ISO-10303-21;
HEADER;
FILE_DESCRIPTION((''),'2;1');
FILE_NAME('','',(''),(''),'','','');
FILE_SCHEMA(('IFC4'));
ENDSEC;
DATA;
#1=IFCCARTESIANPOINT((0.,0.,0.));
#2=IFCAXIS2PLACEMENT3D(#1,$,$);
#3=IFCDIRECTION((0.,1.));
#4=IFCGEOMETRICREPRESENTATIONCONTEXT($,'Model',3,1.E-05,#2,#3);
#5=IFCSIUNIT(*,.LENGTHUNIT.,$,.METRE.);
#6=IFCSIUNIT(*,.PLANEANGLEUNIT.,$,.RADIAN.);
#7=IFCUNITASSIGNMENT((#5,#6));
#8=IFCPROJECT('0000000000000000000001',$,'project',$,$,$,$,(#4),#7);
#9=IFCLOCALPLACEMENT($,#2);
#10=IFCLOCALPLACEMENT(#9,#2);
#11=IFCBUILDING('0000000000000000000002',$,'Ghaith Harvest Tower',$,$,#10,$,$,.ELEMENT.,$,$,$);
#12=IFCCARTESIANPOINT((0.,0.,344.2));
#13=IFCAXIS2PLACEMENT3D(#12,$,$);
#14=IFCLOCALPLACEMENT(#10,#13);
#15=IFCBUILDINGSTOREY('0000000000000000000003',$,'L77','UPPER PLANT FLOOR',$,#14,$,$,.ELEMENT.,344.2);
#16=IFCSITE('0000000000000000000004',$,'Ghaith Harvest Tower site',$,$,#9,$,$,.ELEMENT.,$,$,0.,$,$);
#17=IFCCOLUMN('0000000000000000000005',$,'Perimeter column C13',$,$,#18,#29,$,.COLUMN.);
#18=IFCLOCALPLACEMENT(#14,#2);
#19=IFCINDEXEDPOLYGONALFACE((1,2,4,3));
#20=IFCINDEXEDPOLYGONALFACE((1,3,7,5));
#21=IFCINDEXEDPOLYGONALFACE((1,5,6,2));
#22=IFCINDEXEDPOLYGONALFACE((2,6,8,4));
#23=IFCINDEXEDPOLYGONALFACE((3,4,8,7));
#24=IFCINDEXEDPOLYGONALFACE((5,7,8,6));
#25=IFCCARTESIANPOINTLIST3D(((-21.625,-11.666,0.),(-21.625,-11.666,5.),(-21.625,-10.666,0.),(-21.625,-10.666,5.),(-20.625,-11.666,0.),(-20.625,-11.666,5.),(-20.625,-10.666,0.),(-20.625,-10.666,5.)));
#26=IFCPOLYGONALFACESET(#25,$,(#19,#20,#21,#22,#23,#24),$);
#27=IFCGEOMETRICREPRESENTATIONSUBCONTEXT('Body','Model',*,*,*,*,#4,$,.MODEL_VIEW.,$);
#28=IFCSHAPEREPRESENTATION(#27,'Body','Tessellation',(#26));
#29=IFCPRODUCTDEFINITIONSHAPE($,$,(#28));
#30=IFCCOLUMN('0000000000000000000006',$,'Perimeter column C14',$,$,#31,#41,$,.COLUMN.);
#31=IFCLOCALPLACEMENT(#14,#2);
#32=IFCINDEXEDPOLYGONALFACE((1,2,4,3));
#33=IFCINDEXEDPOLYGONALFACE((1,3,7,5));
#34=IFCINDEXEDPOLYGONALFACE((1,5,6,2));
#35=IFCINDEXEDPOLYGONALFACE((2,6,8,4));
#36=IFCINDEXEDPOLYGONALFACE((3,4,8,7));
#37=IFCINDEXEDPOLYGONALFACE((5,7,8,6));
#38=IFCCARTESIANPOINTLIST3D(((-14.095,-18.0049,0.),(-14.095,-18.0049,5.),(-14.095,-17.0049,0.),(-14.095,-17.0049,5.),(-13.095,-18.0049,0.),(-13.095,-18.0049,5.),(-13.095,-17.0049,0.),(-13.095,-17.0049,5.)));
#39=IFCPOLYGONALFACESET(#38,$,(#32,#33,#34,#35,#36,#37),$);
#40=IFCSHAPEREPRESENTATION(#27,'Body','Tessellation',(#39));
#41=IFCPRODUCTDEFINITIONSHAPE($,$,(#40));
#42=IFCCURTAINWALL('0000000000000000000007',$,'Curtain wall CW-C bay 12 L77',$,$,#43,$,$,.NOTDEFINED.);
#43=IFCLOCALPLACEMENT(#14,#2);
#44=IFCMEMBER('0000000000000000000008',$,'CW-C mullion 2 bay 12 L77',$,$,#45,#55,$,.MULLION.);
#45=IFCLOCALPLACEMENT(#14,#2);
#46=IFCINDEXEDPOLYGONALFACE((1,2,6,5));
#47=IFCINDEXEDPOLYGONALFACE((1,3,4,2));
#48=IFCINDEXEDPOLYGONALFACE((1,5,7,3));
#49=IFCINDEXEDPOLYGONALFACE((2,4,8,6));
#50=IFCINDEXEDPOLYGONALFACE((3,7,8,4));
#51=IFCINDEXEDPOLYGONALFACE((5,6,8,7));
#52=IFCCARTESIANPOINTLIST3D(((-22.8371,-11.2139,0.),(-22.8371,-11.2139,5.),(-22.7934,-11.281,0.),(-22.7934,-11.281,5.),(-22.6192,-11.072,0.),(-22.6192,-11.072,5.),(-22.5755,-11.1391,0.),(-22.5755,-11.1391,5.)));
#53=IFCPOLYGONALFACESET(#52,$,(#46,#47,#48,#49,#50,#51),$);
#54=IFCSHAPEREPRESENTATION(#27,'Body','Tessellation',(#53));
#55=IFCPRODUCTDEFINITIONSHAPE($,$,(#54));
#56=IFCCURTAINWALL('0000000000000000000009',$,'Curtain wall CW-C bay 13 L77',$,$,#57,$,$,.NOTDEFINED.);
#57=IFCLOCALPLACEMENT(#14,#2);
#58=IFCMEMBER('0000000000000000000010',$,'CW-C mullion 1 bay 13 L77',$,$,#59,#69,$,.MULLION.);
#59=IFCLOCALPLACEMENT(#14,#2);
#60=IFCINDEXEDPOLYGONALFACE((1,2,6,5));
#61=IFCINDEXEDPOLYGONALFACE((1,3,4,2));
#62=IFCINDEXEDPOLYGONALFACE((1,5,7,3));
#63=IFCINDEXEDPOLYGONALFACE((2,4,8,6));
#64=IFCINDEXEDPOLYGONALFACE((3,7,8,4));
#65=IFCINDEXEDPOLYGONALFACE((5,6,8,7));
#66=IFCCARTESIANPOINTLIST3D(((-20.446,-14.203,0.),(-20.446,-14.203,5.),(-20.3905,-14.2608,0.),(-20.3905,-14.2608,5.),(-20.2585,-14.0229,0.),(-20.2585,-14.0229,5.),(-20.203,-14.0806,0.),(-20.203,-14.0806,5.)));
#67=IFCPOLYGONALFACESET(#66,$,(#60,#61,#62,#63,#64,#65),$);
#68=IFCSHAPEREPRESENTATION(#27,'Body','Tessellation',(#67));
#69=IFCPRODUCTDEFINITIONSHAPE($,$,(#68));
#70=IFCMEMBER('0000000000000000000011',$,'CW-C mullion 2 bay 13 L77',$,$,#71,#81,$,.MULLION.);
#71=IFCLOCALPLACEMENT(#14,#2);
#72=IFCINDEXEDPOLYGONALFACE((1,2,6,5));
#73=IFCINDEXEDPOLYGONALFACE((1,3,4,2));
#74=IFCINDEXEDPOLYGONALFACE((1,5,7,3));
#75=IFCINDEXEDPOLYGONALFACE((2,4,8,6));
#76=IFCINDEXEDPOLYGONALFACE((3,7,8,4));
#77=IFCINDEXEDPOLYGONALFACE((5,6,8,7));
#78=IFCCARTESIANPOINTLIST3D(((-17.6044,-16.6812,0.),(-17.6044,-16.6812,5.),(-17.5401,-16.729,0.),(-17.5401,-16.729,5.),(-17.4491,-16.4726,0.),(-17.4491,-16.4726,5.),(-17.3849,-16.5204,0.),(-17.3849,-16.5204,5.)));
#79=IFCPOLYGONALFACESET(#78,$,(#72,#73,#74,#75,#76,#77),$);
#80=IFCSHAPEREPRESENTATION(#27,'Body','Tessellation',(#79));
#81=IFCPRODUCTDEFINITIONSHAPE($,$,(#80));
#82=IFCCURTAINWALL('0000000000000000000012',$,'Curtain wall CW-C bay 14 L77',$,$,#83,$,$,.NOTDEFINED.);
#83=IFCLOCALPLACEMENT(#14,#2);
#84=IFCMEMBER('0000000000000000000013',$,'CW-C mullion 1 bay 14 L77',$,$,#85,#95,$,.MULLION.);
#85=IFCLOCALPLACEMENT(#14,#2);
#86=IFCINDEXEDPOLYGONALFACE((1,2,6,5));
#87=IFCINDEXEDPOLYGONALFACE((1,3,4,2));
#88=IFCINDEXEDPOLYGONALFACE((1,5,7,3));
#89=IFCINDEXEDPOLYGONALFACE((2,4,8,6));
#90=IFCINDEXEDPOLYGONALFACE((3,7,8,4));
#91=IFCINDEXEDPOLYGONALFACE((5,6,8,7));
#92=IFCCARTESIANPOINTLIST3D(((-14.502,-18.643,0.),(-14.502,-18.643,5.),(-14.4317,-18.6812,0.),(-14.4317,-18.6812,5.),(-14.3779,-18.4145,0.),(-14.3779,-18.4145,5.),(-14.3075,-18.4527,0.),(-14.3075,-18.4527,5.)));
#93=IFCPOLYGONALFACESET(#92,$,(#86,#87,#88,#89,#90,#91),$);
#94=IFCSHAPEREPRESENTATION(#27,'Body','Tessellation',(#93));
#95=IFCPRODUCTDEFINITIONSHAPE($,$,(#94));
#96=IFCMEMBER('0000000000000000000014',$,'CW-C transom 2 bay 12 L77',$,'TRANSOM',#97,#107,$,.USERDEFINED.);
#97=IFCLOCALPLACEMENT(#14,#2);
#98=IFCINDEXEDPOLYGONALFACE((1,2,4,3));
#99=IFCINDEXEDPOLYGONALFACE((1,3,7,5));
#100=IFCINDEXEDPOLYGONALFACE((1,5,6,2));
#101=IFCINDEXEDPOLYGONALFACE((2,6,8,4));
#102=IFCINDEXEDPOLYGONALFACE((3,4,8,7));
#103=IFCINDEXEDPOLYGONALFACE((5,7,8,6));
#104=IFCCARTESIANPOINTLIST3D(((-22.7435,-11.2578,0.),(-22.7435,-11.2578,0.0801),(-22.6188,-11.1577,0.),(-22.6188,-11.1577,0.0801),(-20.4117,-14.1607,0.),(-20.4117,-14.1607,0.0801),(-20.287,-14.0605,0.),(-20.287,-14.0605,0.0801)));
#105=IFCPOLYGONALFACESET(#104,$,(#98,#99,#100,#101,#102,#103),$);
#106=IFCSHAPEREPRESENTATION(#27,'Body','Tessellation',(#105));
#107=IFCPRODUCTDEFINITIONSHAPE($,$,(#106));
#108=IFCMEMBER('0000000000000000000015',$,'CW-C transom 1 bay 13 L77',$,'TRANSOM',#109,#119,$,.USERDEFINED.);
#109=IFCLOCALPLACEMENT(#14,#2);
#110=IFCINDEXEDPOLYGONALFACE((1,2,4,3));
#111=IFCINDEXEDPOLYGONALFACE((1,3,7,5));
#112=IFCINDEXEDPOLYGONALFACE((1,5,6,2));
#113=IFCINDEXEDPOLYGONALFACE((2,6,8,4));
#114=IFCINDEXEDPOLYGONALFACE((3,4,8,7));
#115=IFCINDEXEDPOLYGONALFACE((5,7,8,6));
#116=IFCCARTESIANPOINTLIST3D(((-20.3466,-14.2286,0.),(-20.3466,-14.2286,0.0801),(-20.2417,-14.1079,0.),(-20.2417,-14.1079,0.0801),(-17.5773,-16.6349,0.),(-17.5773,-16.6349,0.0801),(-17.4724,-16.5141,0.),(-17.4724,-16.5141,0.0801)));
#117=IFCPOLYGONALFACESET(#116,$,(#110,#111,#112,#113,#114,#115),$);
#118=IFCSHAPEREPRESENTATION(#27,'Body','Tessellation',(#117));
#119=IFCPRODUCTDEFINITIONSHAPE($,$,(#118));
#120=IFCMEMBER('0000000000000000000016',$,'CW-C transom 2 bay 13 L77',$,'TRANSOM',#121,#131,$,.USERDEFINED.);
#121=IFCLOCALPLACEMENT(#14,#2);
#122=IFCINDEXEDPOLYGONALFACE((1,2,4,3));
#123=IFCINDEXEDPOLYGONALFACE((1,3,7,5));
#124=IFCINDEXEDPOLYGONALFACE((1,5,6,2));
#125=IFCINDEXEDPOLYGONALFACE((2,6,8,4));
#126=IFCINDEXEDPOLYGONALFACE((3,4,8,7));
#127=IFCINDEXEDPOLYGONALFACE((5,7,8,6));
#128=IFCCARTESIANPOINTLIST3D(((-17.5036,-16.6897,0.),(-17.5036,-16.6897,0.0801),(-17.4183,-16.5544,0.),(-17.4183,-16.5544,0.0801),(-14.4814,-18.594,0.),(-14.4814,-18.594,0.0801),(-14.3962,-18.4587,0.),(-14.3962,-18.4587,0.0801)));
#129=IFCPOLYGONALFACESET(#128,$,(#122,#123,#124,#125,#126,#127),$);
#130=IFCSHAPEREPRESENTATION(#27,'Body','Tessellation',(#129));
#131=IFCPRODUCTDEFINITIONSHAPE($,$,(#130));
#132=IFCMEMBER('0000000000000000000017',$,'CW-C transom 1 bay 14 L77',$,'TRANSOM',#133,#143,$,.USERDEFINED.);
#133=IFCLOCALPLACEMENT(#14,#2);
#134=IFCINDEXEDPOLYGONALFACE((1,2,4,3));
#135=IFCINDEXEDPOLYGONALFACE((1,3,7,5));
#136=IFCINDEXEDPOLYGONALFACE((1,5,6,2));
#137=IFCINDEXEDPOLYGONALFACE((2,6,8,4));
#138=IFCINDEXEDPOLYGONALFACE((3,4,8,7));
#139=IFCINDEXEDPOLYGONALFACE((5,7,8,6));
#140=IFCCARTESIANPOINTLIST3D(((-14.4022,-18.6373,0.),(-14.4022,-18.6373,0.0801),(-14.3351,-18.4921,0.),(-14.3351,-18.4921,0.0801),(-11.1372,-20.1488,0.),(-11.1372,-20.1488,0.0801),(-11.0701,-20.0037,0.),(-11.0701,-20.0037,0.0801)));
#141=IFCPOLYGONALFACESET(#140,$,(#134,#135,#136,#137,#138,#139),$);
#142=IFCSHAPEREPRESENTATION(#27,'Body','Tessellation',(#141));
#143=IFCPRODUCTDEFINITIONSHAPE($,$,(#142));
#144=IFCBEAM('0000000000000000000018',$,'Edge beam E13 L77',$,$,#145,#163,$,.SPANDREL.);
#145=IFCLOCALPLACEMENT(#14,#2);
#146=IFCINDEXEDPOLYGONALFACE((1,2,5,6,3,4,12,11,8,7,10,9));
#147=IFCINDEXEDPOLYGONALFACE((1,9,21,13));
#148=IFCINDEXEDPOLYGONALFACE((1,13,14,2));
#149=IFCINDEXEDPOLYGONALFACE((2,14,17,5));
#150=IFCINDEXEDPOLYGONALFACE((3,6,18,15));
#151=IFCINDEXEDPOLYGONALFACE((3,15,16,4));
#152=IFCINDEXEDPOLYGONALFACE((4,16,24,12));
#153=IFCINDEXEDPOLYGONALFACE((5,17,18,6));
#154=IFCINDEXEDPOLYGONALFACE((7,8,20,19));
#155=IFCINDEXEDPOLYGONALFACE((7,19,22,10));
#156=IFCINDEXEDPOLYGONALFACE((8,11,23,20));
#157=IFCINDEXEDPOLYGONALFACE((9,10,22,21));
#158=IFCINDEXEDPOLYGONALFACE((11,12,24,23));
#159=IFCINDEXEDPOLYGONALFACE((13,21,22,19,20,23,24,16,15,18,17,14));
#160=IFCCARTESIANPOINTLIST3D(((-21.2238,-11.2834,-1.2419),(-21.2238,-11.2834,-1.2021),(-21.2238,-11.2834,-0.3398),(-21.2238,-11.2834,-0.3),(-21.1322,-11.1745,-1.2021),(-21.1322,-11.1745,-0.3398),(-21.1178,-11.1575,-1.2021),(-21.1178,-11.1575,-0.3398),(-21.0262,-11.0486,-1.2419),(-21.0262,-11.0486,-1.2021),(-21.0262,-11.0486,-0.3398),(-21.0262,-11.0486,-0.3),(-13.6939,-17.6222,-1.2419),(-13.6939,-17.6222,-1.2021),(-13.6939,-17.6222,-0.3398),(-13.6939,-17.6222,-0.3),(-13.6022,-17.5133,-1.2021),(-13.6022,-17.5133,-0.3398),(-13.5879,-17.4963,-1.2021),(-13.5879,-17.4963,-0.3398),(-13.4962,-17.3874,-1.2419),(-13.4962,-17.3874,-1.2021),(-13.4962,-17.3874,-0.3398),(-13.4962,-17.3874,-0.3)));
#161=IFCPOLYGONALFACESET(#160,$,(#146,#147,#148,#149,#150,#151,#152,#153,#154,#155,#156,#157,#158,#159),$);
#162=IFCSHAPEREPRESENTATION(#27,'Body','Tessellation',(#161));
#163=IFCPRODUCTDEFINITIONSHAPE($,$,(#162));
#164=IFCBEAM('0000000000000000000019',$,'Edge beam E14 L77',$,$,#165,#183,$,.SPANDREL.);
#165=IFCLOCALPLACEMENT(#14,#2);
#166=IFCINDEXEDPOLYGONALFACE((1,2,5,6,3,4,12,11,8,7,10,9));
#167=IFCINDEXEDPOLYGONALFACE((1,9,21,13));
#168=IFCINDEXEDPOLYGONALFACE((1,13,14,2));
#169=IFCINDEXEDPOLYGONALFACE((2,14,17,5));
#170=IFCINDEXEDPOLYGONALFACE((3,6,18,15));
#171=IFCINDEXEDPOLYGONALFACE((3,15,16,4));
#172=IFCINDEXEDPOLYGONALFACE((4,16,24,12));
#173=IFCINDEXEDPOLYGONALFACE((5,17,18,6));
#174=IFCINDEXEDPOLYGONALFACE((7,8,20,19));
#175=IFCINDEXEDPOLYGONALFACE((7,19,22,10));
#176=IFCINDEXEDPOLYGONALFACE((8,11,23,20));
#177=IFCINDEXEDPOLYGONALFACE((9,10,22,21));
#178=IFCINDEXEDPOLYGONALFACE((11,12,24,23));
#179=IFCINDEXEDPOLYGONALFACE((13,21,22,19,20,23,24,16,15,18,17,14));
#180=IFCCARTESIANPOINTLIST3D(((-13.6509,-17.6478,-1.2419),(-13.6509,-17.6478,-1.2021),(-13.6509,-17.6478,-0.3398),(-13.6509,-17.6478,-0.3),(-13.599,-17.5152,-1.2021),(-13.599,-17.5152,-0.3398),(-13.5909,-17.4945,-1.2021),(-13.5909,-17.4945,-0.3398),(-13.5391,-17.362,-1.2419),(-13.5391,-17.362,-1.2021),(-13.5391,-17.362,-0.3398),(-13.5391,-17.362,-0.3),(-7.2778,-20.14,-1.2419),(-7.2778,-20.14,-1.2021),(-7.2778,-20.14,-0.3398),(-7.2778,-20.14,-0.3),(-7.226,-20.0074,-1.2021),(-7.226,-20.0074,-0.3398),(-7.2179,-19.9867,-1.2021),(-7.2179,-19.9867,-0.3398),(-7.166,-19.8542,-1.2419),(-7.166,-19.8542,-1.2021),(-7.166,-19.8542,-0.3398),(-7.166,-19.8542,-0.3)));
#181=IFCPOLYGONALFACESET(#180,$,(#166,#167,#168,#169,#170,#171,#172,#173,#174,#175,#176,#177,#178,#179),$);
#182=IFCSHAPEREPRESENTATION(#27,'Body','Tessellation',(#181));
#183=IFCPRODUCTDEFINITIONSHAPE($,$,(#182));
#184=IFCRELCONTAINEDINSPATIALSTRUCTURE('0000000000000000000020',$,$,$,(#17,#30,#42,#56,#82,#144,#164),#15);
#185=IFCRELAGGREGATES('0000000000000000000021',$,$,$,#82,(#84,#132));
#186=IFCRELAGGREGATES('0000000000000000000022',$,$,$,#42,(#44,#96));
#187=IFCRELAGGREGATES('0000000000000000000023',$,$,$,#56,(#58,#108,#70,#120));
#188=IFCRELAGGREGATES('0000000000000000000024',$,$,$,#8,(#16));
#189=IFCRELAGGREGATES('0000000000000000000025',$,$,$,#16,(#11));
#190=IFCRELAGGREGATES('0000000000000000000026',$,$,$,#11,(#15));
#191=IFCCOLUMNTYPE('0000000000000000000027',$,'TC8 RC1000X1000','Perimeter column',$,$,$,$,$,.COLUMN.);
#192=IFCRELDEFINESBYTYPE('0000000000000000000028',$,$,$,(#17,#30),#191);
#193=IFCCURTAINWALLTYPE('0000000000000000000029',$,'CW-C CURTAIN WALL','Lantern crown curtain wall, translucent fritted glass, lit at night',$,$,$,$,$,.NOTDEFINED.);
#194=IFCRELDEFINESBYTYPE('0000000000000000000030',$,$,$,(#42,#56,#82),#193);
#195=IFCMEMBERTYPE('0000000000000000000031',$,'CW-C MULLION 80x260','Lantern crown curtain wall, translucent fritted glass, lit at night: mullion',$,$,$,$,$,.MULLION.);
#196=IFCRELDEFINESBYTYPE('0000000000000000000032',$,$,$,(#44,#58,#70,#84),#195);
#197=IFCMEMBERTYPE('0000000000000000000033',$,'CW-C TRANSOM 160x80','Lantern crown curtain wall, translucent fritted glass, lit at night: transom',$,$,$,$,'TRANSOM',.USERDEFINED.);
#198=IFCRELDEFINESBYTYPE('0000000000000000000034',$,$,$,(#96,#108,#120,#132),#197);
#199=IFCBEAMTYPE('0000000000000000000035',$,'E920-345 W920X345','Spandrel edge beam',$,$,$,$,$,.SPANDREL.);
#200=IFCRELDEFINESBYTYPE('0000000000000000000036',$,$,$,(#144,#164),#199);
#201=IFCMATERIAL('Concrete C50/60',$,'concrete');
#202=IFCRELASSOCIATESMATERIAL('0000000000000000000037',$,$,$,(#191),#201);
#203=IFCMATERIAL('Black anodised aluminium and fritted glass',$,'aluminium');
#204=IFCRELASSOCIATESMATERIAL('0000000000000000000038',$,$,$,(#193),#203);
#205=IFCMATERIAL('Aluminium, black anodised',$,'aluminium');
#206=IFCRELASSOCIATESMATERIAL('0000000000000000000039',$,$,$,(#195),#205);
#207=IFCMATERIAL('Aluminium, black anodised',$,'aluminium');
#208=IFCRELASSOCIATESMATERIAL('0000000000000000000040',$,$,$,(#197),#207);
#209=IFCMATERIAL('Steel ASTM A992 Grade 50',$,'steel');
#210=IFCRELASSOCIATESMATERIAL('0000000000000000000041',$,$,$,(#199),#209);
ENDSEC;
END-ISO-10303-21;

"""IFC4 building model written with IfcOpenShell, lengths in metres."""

from ifc_helpers import new_model, si_unit, direction, frame, origin, origin_2d, place, context, subcontext, project, spatial, rectangle, i_section, extrude, material, material_profile, profile_set, type_object, element, aggregate, save


model = new_model("IFC4")

# Units and contexts
model_context = context("Model", 3, precision=1e-05, world=origin(), true_north=direction((0.0, 1.0)))
body_context = subcontext(model_context, "Body", "Model", "MODEL_VIEW")
ifc_project = project(units=[si_unit("LENGTHUNIT", "METRE"), si_unit("PLANEANGLEUNIT", "RADIAN")], contexts=[model_context])

# Site, building, storey
site_placement = place(None, origin())
site = spatial("IfcSite", under=ifc_project, at=site_placement, Name="Ghaith Harvest Tower site", CompositionType="ELEMENT", RefElevation=0.0)
building_placement = place(site_placement, origin())
building = spatial("IfcBuilding", under=site, at=building_placement, Name="Ghaith Harvest Tower", CompositionType="ELEMENT")
storey_placement = place(building_placement, frame((0.0, 0.0, 344.2)))
storey = spatial("IfcBuildingStorey", under=building, at=storey_placement, Name="L77", Description="UPPER PLANT FLOOR", CompositionType="ELEMENT", Elevation=344.2)

# Columns
ifc_material_1 = material(Name="Concrete C50/60", Category="concrete")
ifc_material_profile_1 = material_profile(ifc_material_1, rectangle(XDim=1.0, YDim=1.0, at=origin_2d()), Name="RC1000X1000")
ifc_profile_set_1 = profile_set([ifc_material_profile_1], Name="Concrete C50/60")
column_type = type_object("IfcColumnType", Name="TC8 RC1000X1000", Description="Perimeter column", PredefinedType="COLUMN", material=ifc_profile_set_1)
for number, where, z_axis, x_axis, name in (
    (1, (-21.125, -11.166, 0.0), (0.0, 0.0, 1.0), (1.0, 0.0, 0.0), "Perimeter column C13"),
    (2, (-13.595, -17.5049, 0.0), (0.0, 0.0, 1.0), (1.0, 0.0, 0.0), "Perimeter column C14"),
):
    element("IfcColumn", number, at=place(storey_placement, frame(where, z_axis=z_axis, x_axis=x_axis)), inside=storey, type_object=column_type, Name=name, PredefinedType="COLUMN", context=body_context, shape_type="SweptSolid", body=[
        extrude(rectangle(XDim=1.0, YDim=1.0, at=origin_2d()), origin(), (0.0, 0.0, 1.0), 5.0),
    ])

# Curtain wall, member
ifc_material_2 = material(Name="Black anodised aluminium and fritted glass", Category="aluminium")
curtain_wall_type = type_object("IfcCurtainWallType", Name="CW-C CURTAIN WALL", Description="Lantern crown curtain wall, translucent fritted glass, lit at night", PredefinedType="NOTDEFINED", material=ifc_material_2)
curtain_wall_1_placement = place(storey_placement, origin())
curtain_wall_1 = element("IfcCurtainWall", 3, at=curtain_wall_1_placement, inside=storey, type_object=curtain_wall_type, Name="Curtain wall CW-C bay 12 L77", PredefinedType="NOTDEFINED")
ifc_material_3 = material(Name="Aluminium, black anodised", Category="aluminium")
ifc_material_profile_2 = material_profile(ifc_material_3, rectangle(XDim=0.0801, YDim=0.26, at=origin_2d()), Name="CW-C MULLION 80x260")
ifc_profile_set_2 = profile_set([ifc_material_profile_2], Name="Aluminium, black anodised")
member_type_1 = type_object("IfcMemberType", Name="CW-C MULLION 80x260", Description="Lantern crown curtain wall, translucent fritted glass, lit at night: mullion", PredefinedType="MULLION", material=ifc_profile_set_2)
member_1_placement = place(storey_placement, frame((-22.7063, -11.1765, 0.0), z_axis=(0.0, 0.0, 1.0), x_axis=(0.545865, -0.837873, 0.0)))
member_1 = element("IfcMember", 4, at=member_1_placement, type_object=member_type_1, Name="CW-C mullion 2 bay 12 L77", PredefinedType="MULLION", context=body_context, shape_type="SweptSolid", body=[
    extrude(rectangle(XDim=0.0801, YDim=0.26, at=origin_2d()), origin(), (0.0, 0.0, 1.0), 5.0),
])

# Curtain wall, members
curtain_wall_2_placement = place(storey_placement, origin())
curtain_wall_2 = element("IfcCurtainWall", 5, at=curtain_wall_2_placement, inside=storey, type_object=curtain_wall_type, Name="Curtain wall CW-C bay 13 L77", PredefinedType="NOTDEFINED")
member_2_placement = place(storey_placement, frame((-20.3245, -14.1418, 0.0), z_axis=(0.0, 0.0, 1.0), x_axis=(0.692826, -0.721104, 0.0)))
member_2 = element("IfcMember", 6, at=member_2_placement, type_object=member_type_1, Name="CW-C mullion 1 bay 13 L77", PredefinedType="MULLION", context=body_context, shape_type="SweptSolid", body=[
    extrude(rectangle(XDim=0.0801, YDim=0.26, at=origin_2d()), origin(), (0.0, 0.0, 1.0), 5.0),
])
member_3_placement = place(storey_placement, frame((-17.4946, -16.6008, 0.0), z_axis=(0.0, 0.0, 1.0), x_axis=(0.80219, -0.597069, 0.0)))
member_3 = element("IfcMember", 7, at=member_3_placement, type_object=member_type_1, Name="CW-C mullion 2 bay 13 L77", PredefinedType="MULLION", context=body_context, shape_type="SweptSolid", body=[
    extrude(rectangle(XDim=0.0801, YDim=0.26, at=origin_2d()), origin(), (0.0, 0.0, 1.0), 5.0),
])

# Curtain wall, member
curtain_wall_3_placement = place(storey_placement, origin())
curtain_wall_3 = element("IfcCurtainWall", 8, at=curtain_wall_3_placement, inside=storey, type_object=curtain_wall_type, Name="Curtain wall CW-C bay 14 L77", PredefinedType="NOTDEFINED")
member_4_placement = place(storey_placement, frame((-14.4048, -18.5479, 0.0), z_axis=(0.0, 0.0, 1.0), x_axis=(0.878672, -0.477426, 0.0)))
member_4 = element("IfcMember", 9, at=member_4_placement, type_object=member_type_1, Name="CW-C mullion 1 bay 14 L77", PredefinedType="MULLION", context=body_context, shape_type="SweptSolid", body=[
    extrude(rectangle(XDim=0.0801, YDim=0.26, at=origin_2d()), origin(), (0.0, 0.0, 1.0), 5.0),
])

# Members
ifc_material_4 = material(Name="Aluminium, black anodised", Category="aluminium")
ifc_material_profile_3 = material_profile(ifc_material_4, rectangle(XDim=0.1599, YDim=0.0801, at=origin_2d()), Name="CW-C TRANSOM 160x80")
ifc_profile_set_3 = profile_set([ifc_material_profile_3], Name="Aluminium, black anodised")
member_type_2 = type_object("IfcMemberType", Name="CW-C TRANSOM 160x80", Description="Lantern crown curtain wall, translucent fritted glass, lit at night: transom", ElementType="TRANSOM", PredefinedType="USERDEFINED", material=ifc_profile_set_3)
member_5_placement = place(storey_placement, frame((-22.6812, -11.2078, 0.04), z_axis=(0.626253, -0.77962, 0.0), x_axis=(0.77962, 0.626253, 0.0)))
member_5 = element("IfcMember", 10, at=member_5_placement, type_object=member_type_2, Name="CW-C transom 2 bay 12 L77", ObjectType="TRANSOM", PredefinedType="USERDEFINED", context=body_context, shape_type="SweptSolid", body=[
    extrude(rectangle(XDim=0.1599, YDim=0.0801, at=origin_2d()), origin(), (0.0, 0.0, 1.0), 3.7234),
])
member_6_placement = place(storey_placement, frame((-20.2942, -14.1682, 0.04), z_axis=(0.754852, -0.655895, 0.0), x_axis=(0.655895, 0.754852, 0.0)))
member_6 = element("IfcMember", 11, at=member_6_placement, type_object=member_type_2, Name="CW-C transom 1 bay 13 L77", ObjectType="TRANSOM", PredefinedType="USERDEFINED", context=body_context, shape_type="SweptSolid", body=[
    extrude(rectangle(XDim=0.1599, YDim=0.0801, at=origin_2d()), origin(), (0.0, 0.0, 1.0), 3.6687),
])
member_7_placement = place(storey_placement, frame((-17.4609, -16.6221, 0.04), z_axis=(0.846054, -0.533098, 0.0), x_axis=(0.533098, 0.846054, 0.0)))
member_7 = element("IfcMember", 12, at=member_7_placement, type_object=member_type_2, Name="CW-C transom 2 bay 13 L77", ObjectType="TRANSOM", PredefinedType="USERDEFINED", context=body_context, shape_type="SweptSolid", body=[
    extrude(rectangle(XDim=0.1599, YDim=0.0801, at=origin_2d()), origin(), (0.0, 0.0, 1.0), 3.572),
])
member_8_placement = place(storey_placement, frame((-14.3687, -18.5647, 0.04), z_axis=(0.907472, -0.420112, 0.0), x_axis=(0.420112, 0.907472, 0.0)))
member_8 = element("IfcMember", 13, at=member_8_placement, type_object=member_type_2, Name="CW-C transom 1 bay 14 L77", ObjectType="TRANSOM", PredefinedType="USERDEFINED", context=body_context, shape_type="SweptSolid", body=[
    extrude(rectangle(XDim=0.1599, YDim=0.0801, at=origin_2d()), origin(), (0.0, 0.0, 1.0), 3.5979),
])
aggregate(curtain_wall_3, [member_4, member_8])

# Beams
ifc_material_5 = material(Name="Steel ASTM A992 Grade 50", Category="steel")
ifc_material_profile_4 = material_profile(ifc_material_5, i_section(OverallWidth=0.3069, OverallDepth=0.9419, WebThickness=0.0222, FlangeThickness=0.0398, at=origin_2d()), Name="W920X345")
ifc_profile_set_4 = profile_set([ifc_material_profile_4], Name="Steel ASTM A992 Grade 50")
beam_type = type_object("IfcBeamType", Name="E920-345 W920X345", Description="Spandrel edge beam", PredefinedType="SPANDREL", material=ifc_profile_set_4)
beam_1_placement = place(storey_placement, frame((-21.125, -11.166, -0.771), z_axis=(0.765022, -0.644004, 0.0), x_axis=(0.644004, 0.765022, 0.0)))
element("IfcBeam", 14, at=beam_1_placement, inside=storey, type_object=beam_type, Name="Edge beam E13 L77", PredefinedType="SPANDREL", context=body_context, shape_type="SweptSolid", body=[
    extrude(i_section(OverallWidth=0.3069, OverallDepth=0.9419, WebThickness=0.0222, FlangeThickness=0.0398, at=origin_2d()), origin(), (0.0, 0.0, 1.0), 9.8428),
])
beam_2_placement = place(storey_placement, frame((-13.595, -17.5049, -0.771), z_axis=(0.931323, -0.364195, 0.0), x_axis=(0.364195, 0.931323, 0.0)))
element("IfcBeam", 15, at=beam_2_placement, inside=storey, type_object=beam_type, Name="Edge beam E14 L77", PredefinedType="SPANDREL", context=body_context, shape_type="SweptSolid", body=[
    extrude(i_section(OverallWidth=0.3069, OverallDepth=0.9419, WebThickness=0.0222, FlangeThickness=0.0398, at=origin_2d()), origin(), (0.0, 0.0, 1.0), 6.843),
])

aggregate(curtain_wall_1, [member_1, member_5])
aggregate(curtain_wall_2, [member_2, member_6, member_3, member_7])

save(model, "model.ifc")
